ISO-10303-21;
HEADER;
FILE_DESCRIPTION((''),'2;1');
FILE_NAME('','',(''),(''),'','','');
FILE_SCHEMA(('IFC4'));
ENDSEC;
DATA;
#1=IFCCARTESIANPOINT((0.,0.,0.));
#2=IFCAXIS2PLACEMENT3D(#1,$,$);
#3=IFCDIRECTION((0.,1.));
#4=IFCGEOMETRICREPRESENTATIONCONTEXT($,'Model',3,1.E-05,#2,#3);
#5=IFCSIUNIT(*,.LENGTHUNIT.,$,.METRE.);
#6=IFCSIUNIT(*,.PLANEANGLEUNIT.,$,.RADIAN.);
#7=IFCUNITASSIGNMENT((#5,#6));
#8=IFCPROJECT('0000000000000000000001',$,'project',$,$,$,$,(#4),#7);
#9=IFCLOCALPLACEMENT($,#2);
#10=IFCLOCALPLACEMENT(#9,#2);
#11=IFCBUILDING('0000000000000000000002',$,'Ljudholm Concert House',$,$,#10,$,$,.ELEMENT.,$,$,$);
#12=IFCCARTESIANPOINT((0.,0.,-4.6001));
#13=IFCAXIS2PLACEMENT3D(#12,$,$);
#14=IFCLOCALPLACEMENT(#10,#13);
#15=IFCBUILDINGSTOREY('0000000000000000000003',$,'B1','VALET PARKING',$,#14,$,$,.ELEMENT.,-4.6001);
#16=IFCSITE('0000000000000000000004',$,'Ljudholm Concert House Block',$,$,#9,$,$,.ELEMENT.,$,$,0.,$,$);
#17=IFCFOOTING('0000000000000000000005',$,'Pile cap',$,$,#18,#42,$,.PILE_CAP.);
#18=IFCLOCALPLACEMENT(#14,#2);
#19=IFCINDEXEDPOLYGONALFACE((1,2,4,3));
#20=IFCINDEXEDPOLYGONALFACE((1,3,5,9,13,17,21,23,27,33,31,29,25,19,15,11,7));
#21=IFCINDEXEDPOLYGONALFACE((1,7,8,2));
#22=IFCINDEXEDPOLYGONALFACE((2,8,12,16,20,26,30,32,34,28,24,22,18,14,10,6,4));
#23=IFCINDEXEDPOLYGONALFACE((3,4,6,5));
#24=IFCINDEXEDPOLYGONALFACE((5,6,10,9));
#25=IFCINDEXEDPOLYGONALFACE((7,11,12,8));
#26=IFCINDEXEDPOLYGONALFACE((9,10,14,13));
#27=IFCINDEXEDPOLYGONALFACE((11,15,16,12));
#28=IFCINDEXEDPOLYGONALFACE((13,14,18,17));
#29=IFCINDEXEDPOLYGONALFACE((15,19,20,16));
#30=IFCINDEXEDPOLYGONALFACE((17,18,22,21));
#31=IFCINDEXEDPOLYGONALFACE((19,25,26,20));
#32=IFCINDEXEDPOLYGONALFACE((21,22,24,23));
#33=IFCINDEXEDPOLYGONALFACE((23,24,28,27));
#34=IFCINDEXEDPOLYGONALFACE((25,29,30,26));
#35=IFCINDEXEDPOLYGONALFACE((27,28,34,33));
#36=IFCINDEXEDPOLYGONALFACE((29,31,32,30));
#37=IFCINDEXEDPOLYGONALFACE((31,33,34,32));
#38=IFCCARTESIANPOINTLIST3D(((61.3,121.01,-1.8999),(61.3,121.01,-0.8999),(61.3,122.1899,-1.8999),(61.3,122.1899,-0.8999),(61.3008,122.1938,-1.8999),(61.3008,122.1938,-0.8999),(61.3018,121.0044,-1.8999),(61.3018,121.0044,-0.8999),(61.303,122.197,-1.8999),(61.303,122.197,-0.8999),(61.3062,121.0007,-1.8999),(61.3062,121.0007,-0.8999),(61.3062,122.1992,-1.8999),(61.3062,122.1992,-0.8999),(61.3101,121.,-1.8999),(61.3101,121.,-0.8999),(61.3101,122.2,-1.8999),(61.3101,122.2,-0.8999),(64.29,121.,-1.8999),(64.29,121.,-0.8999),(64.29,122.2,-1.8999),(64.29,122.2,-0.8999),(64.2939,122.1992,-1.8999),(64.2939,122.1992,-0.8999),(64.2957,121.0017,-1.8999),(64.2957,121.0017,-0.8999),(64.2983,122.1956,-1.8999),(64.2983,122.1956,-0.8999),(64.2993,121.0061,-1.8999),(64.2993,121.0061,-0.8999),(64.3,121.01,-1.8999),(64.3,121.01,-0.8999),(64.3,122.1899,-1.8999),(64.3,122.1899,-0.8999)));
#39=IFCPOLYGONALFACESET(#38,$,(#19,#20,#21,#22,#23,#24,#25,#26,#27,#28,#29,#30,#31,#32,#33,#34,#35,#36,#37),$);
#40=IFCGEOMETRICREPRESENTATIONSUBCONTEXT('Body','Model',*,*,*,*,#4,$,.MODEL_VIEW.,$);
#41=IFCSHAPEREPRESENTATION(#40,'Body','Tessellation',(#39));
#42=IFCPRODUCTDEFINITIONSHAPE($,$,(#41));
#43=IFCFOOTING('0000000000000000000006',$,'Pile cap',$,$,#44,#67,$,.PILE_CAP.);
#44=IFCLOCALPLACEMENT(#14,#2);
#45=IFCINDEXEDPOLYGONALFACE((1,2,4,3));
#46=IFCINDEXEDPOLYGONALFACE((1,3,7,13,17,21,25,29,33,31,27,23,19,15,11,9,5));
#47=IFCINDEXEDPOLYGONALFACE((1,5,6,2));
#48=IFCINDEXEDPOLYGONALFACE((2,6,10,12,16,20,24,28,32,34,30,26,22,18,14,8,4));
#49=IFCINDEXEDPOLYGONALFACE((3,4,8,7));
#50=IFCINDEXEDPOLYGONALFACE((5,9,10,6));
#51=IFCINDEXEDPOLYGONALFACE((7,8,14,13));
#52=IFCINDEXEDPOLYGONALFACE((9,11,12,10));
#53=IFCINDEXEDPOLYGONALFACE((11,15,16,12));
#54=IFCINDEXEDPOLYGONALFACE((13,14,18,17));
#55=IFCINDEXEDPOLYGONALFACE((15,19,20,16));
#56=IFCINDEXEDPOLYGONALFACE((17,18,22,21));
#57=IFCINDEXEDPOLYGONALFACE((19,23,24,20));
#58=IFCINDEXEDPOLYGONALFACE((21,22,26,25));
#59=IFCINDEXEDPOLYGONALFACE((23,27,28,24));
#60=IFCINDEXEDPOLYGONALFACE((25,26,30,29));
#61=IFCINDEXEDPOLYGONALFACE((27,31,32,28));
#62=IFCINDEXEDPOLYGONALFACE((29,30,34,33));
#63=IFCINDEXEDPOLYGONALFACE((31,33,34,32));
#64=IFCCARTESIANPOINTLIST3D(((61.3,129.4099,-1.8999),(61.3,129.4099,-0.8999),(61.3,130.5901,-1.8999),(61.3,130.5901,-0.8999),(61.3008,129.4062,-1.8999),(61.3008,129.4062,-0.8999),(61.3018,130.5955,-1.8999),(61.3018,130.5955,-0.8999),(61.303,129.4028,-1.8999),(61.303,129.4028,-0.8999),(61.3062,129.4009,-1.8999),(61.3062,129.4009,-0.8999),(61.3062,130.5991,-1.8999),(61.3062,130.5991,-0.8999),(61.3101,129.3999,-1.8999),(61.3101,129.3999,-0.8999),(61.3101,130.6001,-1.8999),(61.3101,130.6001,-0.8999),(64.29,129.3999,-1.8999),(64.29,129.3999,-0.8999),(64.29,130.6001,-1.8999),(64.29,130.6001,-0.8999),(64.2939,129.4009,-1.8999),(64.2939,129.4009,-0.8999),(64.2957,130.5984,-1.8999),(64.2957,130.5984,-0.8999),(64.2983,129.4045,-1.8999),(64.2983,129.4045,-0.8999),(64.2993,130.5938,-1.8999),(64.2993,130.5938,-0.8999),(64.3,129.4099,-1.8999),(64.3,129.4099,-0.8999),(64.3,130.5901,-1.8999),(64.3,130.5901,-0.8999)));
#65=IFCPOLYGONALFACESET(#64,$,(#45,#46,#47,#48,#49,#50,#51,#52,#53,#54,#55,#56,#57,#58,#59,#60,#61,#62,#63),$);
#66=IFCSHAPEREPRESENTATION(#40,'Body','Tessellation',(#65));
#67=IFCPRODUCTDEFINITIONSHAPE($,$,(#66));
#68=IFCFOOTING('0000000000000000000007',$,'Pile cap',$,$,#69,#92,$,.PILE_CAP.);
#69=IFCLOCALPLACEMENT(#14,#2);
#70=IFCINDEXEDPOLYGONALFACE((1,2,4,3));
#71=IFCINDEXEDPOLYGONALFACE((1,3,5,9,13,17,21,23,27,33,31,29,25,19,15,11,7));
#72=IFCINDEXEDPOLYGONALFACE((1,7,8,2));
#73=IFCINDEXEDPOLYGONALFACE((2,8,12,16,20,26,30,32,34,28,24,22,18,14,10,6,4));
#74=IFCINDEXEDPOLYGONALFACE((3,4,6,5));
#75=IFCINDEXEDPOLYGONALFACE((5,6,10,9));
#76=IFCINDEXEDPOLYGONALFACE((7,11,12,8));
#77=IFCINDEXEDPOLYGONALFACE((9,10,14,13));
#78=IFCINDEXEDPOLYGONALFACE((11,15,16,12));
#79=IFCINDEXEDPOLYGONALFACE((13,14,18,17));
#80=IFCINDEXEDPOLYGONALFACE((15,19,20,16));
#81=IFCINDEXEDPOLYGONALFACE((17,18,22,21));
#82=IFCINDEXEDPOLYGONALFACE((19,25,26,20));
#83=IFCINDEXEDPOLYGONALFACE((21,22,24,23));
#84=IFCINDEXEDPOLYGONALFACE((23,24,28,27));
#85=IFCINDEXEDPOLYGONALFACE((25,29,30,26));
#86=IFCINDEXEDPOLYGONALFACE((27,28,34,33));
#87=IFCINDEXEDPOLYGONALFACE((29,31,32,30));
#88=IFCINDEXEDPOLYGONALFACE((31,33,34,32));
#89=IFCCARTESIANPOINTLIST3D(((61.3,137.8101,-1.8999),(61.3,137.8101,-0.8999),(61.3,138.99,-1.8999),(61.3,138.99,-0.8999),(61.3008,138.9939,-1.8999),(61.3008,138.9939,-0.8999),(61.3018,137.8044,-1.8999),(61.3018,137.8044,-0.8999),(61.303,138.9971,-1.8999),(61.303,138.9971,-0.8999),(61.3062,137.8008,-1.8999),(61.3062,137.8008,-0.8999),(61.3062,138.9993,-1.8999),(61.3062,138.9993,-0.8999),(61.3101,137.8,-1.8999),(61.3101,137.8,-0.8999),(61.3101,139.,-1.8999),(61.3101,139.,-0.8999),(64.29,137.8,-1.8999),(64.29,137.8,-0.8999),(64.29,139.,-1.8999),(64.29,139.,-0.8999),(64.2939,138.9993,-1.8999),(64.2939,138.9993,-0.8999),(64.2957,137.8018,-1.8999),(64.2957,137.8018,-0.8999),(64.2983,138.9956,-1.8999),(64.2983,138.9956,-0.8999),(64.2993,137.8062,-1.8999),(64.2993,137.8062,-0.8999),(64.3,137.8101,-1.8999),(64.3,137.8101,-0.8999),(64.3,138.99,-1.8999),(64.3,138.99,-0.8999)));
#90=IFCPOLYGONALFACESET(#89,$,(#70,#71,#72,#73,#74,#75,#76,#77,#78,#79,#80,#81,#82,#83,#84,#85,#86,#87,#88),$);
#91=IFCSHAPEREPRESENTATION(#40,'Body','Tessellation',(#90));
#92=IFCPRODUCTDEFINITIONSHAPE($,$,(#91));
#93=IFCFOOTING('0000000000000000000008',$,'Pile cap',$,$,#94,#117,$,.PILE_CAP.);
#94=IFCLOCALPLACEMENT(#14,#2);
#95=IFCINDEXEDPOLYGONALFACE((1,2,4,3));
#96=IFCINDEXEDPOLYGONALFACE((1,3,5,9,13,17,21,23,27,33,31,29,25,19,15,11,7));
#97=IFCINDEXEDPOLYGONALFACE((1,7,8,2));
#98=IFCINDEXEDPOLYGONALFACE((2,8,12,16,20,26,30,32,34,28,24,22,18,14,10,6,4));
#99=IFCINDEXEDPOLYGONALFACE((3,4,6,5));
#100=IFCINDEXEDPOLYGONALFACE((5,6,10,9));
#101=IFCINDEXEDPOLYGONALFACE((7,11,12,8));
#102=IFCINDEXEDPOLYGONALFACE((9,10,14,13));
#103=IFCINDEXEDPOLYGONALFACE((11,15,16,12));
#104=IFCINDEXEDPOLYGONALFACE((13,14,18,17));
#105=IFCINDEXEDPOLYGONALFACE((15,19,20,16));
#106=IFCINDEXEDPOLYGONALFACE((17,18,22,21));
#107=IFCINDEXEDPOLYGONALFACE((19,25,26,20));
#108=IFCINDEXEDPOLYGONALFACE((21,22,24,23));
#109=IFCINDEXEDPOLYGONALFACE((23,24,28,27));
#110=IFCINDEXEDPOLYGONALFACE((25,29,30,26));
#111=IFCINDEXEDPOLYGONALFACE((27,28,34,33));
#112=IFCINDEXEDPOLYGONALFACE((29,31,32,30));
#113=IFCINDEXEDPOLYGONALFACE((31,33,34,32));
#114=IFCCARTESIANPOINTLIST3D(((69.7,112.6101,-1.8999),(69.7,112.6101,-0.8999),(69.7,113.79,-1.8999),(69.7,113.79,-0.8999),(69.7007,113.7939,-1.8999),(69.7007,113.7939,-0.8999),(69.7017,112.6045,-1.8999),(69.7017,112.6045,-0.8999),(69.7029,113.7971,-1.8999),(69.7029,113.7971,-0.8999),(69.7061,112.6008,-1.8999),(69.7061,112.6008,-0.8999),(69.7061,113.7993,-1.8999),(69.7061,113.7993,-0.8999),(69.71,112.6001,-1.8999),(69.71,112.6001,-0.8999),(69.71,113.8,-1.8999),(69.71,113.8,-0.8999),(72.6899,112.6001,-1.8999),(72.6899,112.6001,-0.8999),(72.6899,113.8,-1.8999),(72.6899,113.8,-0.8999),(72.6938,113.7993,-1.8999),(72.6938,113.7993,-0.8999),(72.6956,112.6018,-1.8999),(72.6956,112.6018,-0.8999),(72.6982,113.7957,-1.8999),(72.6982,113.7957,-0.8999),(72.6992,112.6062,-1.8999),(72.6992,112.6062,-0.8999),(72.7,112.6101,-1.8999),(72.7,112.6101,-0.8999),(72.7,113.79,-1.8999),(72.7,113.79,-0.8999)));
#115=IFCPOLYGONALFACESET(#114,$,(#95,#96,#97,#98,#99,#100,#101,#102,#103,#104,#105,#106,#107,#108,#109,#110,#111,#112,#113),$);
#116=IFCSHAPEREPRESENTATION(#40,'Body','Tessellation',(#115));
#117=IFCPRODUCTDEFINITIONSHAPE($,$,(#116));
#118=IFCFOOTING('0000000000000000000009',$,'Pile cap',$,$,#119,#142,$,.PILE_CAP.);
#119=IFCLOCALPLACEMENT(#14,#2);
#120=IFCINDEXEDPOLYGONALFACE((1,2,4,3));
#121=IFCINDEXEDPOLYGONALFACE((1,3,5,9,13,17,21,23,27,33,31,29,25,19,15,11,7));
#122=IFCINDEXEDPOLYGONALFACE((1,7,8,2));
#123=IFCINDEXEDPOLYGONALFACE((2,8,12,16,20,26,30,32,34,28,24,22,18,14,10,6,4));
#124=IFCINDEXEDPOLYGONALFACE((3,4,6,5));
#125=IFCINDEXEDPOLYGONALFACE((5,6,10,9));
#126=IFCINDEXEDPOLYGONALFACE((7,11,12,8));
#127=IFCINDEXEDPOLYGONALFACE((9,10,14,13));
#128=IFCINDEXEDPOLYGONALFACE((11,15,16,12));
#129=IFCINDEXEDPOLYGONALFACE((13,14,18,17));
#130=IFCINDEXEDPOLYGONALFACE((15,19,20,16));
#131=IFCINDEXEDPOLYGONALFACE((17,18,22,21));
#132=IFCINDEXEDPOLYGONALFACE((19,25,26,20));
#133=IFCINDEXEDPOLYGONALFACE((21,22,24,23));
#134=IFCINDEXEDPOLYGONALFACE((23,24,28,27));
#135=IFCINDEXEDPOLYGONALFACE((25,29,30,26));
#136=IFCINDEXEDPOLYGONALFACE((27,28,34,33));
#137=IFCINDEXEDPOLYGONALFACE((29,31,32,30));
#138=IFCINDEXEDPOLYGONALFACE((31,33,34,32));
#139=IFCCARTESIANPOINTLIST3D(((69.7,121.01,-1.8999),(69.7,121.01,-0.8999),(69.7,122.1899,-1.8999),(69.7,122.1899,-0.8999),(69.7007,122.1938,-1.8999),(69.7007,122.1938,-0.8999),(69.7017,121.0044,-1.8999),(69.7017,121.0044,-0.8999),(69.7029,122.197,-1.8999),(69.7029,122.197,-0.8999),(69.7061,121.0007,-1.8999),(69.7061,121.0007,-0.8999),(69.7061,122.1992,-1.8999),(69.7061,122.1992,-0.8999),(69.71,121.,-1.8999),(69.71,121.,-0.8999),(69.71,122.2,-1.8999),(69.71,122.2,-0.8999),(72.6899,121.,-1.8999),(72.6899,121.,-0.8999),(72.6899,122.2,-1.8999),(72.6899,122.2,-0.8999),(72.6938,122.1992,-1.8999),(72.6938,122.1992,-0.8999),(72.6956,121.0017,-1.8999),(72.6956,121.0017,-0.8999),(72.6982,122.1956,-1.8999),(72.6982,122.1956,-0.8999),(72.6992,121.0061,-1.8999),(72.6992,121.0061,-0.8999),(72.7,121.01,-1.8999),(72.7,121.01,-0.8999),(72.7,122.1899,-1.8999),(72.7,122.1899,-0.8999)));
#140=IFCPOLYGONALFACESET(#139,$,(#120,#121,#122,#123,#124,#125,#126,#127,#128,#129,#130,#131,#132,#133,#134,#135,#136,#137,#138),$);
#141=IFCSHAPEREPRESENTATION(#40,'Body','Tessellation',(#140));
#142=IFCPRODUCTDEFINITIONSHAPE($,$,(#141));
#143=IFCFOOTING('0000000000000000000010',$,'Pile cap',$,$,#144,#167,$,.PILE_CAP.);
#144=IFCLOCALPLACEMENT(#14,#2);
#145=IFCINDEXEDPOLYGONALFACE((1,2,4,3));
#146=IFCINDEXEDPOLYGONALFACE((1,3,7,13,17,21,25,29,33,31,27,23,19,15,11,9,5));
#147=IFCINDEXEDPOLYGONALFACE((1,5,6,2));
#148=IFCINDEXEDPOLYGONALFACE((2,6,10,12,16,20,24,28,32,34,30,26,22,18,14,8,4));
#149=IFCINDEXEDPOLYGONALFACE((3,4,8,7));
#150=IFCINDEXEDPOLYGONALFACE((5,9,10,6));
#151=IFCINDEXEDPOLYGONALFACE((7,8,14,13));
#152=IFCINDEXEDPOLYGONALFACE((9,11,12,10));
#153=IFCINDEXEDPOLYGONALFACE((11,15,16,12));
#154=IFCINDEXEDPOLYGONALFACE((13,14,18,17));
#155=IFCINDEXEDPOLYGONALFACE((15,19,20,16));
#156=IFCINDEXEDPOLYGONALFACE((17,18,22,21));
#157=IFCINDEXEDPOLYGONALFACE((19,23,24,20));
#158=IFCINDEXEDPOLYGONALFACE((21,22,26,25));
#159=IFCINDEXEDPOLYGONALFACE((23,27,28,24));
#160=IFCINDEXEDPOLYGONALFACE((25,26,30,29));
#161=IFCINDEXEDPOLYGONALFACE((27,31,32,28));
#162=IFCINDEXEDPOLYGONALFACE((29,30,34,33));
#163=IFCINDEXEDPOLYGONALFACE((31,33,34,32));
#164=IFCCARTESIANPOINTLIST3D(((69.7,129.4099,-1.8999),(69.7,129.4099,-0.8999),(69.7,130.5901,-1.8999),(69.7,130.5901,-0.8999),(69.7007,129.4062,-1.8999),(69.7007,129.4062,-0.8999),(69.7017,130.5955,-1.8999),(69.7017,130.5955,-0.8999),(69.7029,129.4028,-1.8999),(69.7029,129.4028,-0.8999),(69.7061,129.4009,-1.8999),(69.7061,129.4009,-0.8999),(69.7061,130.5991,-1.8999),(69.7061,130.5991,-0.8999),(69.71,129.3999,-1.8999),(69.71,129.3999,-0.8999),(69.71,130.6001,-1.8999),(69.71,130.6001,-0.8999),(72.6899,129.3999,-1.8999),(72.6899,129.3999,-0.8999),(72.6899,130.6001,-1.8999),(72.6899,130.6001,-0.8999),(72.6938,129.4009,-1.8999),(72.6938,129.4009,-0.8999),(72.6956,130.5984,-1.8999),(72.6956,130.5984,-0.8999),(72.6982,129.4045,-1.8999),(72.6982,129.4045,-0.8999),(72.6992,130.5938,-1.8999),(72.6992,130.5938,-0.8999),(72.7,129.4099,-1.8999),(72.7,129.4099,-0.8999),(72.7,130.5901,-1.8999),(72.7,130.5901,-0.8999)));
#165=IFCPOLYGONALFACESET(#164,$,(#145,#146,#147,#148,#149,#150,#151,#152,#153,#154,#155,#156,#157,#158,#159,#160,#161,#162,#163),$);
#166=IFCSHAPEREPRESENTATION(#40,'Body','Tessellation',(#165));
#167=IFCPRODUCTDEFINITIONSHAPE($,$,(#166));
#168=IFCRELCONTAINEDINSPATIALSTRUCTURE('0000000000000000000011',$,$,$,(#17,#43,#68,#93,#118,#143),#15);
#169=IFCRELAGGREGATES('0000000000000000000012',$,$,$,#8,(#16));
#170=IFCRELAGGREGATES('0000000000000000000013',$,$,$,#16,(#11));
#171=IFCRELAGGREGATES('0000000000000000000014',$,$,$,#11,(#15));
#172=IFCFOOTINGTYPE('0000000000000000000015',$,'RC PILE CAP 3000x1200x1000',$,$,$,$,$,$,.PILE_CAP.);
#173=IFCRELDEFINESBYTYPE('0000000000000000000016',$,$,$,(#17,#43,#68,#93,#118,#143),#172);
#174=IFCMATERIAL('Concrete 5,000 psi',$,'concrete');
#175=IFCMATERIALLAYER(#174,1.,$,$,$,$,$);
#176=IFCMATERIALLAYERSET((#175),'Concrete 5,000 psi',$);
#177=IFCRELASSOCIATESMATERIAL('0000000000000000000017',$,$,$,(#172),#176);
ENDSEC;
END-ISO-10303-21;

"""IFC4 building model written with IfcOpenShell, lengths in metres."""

from ifc_helpers import new_model, si_unit, direction, frame, origin, place, context, subcontext, project, spatial, polyline, outline, extrude, material, layer, layer_set, type_object, element, save


model = new_model("IFC4")

# Units and contexts
model_context = context("Model", 3, precision=1e-05, world=origin(), true_north=direction((0.0, 1.0)))
body_context = subcontext(model_context, "Body", "Model", "MODEL_VIEW")
ifc_project = project(units=[si_unit("LENGTHUNIT", "METRE"), si_unit("PLANEANGLEUNIT", "RADIAN")], contexts=[model_context])

# Site, building, storey
site_placement = place(None, origin())
site = spatial("IfcSite", under=ifc_project, at=site_placement, Name="Ljudholm Concert House Block", CompositionType="ELEMENT", RefElevation=0.0)
building_placement = place(site_placement, origin())
building = spatial("IfcBuilding", under=site, at=building_placement, Name="Ljudholm Concert House", CompositionType="ELEMENT")
storey_placement = place(building_placement, frame((0.0, 0.0, -4.6001)))
storey = spatial("IfcBuildingStorey", under=building, at=storey_placement, Name="B1", Description="VALET PARKING", CompositionType="ELEMENT", Elevation=-4.6001)

# Footings
ifc_material_1 = material(Name="Concrete 5,000 psi", Category="concrete")
ifc_layer_1 = layer(ifc_material_1, 1.0)
ifc_layer_set_1 = layer_set([ifc_layer_1], Name="Concrete 5,000 psi")
footing_type_1 = type_object("IfcFootingType", Name="RC PILE CAP 3000x1200x1000", PredefinedType="PILE_CAP", material=ifc_layer_set_1)
footing_1_placement = place(storey_placement, frame((0.0, 0.0, -1.8999)))
element("IfcFooting", 1, at=footing_1_placement, inside=storey, type_object=footing_type_1, Name="Pile cap", PredefinedType="PILE_CAP", context=body_context, shape_type="SweptSolid", body=[
    extrude(outline(polyline([(61.3, 122.1899), (61.3, 121.01), (61.3018, 121.0044), (61.3062, 121.0007), (61.3101, 121.0), (64.29, 121.0), (64.2957, 121.0017), (64.2993, 121.0061), (64.3, 121.01), (64.3, 122.1899), (64.2983, 122.1956), (64.2939, 122.1992), (64.29, 122.2), (61.3101, 122.2), (61.3062, 122.1992), (61.303, 122.197), (61.3008, 122.1938), (61.3, 122.1899)])), origin(), (0.0, 0.0, 1.0), 1.0),
])
footing_2_placement = place(storey_placement, frame((0.0, 0.0, -1.8999)))
element("IfcFooting", 2, at=footing_2_placement, inside=storey, type_object=footing_type_1, Name="Pile cap", PredefinedType="PILE_CAP", context=body_context, shape_type="SweptSolid", body=[
    extrude(outline(polyline([(61.3101, 129.3999), (64.29, 129.3999), (64.2939, 129.4009), (64.2983, 129.4045), (64.3, 129.4099), (64.3, 130.5901), (64.2993, 130.5938), (64.2957, 130.5984), (64.29, 130.6001), (61.3101, 130.6001), (61.3062, 130.5991), (61.3018, 130.5955), (61.3, 130.5901), (61.3, 129.4099), (61.3008, 129.4062), (61.303, 129.4028), (61.3062, 129.4009), (61.3101, 129.3999)])), origin(), (0.0, 0.0, 1.0), 1.0),
])
footing_3_placement = place(storey_placement, frame((0.0, 0.0, -1.8999)))
element("IfcFooting", 3, at=footing_3_placement, inside=storey, type_object=footing_type_1, Name="Pile cap", PredefinedType="PILE_CAP", context=body_context, shape_type="SweptSolid", body=[
    extrude(outline(polyline([(61.3, 138.99), (61.3, 137.8101), (61.3018, 137.8044), (61.3062, 137.8008), (61.3101, 137.8), (64.29, 137.8), (64.2957, 137.8018), (64.2993, 137.8062), (64.3, 137.8101), (64.3, 138.99), (64.2983, 138.9956), (64.2939, 138.9993), (64.29, 139.0), (61.3101, 139.0), (61.3062, 138.9993), (61.303, 138.9971), (61.3008, 138.9939), (61.3, 138.99)])), origin(), (0.0, 0.0, 1.0), 1.0),
])
footing_4_placement = place(storey_placement, frame((0.0, 0.0, -1.8999)))
element("IfcFooting", 4, at=footing_4_placement, inside=storey, type_object=footing_type_1, Name="Pile cap", PredefinedType="PILE_CAP", context=body_context, shape_type="SweptSolid", body=[
    extrude(outline(polyline([(69.7, 113.79), (69.7, 112.6101), (69.7017, 112.6045), (69.7061, 112.6008), (69.71, 112.6001), (72.6899, 112.6001), (72.6956, 112.6018), (72.6992, 112.6062), (72.7, 112.6101), (72.7, 113.79), (72.6982, 113.7957), (72.6938, 113.7993), (72.6899, 113.8), (69.71, 113.8), (69.7061, 113.7993), (69.7029, 113.7971), (69.7007, 113.7939), (69.7, 113.79)])), origin(), (0.0, 0.0, 1.0), 1.0),
])
footing_5_placement = place(storey_placement, frame((0.0, 0.0, -1.8999)))
element("IfcFooting", 5, at=footing_5_placement, inside=storey, type_object=footing_type_1, Name="Pile cap", PredefinedType="PILE_CAP", context=body_context, shape_type="SweptSolid", body=[
    extrude(outline(polyline([(69.7, 122.1899), (69.7, 121.01), (69.7017, 121.0044), (69.7061, 121.0007), (69.71, 121.0), (72.6899, 121.0), (72.6956, 121.0017), (72.6992, 121.0061), (72.7, 121.01), (72.7, 122.1899), (72.6982, 122.1956), (72.6938, 122.1992), (72.6899, 122.2), (69.71, 122.2), (69.7061, 122.1992), (69.7029, 122.197), (69.7007, 122.1938), (69.7, 122.1899)])), origin(), (0.0, 0.0, 1.0), 1.0),
])
footing_6_placement = place(storey_placement, frame((0.0, 0.0, -1.8999)))
element("IfcFooting", 6, at=footing_6_placement, inside=storey, type_object=footing_type_1, Name="Pile cap", PredefinedType="PILE_CAP", context=body_context, shape_type="SweptSolid", body=[
    extrude(outline(polyline([(69.71, 129.3999), (72.6899, 129.3999), (72.6938, 129.4009), (72.6982, 129.4045), (72.7, 129.4099), (72.7, 130.5901), (72.6992, 130.5938), (72.6956, 130.5984), (72.6899, 130.6001), (69.71, 130.6001), (69.7061, 130.5991), (69.7017, 130.5955), (69.7, 130.5901), (69.7, 129.4099), (69.7007, 129.4062), (69.7029, 129.4028), (69.7061, 129.4009), (69.71, 129.3999)])), origin(), (0.0, 0.0, 1.0), 1.0),
])

save(model, "model.ifc")
